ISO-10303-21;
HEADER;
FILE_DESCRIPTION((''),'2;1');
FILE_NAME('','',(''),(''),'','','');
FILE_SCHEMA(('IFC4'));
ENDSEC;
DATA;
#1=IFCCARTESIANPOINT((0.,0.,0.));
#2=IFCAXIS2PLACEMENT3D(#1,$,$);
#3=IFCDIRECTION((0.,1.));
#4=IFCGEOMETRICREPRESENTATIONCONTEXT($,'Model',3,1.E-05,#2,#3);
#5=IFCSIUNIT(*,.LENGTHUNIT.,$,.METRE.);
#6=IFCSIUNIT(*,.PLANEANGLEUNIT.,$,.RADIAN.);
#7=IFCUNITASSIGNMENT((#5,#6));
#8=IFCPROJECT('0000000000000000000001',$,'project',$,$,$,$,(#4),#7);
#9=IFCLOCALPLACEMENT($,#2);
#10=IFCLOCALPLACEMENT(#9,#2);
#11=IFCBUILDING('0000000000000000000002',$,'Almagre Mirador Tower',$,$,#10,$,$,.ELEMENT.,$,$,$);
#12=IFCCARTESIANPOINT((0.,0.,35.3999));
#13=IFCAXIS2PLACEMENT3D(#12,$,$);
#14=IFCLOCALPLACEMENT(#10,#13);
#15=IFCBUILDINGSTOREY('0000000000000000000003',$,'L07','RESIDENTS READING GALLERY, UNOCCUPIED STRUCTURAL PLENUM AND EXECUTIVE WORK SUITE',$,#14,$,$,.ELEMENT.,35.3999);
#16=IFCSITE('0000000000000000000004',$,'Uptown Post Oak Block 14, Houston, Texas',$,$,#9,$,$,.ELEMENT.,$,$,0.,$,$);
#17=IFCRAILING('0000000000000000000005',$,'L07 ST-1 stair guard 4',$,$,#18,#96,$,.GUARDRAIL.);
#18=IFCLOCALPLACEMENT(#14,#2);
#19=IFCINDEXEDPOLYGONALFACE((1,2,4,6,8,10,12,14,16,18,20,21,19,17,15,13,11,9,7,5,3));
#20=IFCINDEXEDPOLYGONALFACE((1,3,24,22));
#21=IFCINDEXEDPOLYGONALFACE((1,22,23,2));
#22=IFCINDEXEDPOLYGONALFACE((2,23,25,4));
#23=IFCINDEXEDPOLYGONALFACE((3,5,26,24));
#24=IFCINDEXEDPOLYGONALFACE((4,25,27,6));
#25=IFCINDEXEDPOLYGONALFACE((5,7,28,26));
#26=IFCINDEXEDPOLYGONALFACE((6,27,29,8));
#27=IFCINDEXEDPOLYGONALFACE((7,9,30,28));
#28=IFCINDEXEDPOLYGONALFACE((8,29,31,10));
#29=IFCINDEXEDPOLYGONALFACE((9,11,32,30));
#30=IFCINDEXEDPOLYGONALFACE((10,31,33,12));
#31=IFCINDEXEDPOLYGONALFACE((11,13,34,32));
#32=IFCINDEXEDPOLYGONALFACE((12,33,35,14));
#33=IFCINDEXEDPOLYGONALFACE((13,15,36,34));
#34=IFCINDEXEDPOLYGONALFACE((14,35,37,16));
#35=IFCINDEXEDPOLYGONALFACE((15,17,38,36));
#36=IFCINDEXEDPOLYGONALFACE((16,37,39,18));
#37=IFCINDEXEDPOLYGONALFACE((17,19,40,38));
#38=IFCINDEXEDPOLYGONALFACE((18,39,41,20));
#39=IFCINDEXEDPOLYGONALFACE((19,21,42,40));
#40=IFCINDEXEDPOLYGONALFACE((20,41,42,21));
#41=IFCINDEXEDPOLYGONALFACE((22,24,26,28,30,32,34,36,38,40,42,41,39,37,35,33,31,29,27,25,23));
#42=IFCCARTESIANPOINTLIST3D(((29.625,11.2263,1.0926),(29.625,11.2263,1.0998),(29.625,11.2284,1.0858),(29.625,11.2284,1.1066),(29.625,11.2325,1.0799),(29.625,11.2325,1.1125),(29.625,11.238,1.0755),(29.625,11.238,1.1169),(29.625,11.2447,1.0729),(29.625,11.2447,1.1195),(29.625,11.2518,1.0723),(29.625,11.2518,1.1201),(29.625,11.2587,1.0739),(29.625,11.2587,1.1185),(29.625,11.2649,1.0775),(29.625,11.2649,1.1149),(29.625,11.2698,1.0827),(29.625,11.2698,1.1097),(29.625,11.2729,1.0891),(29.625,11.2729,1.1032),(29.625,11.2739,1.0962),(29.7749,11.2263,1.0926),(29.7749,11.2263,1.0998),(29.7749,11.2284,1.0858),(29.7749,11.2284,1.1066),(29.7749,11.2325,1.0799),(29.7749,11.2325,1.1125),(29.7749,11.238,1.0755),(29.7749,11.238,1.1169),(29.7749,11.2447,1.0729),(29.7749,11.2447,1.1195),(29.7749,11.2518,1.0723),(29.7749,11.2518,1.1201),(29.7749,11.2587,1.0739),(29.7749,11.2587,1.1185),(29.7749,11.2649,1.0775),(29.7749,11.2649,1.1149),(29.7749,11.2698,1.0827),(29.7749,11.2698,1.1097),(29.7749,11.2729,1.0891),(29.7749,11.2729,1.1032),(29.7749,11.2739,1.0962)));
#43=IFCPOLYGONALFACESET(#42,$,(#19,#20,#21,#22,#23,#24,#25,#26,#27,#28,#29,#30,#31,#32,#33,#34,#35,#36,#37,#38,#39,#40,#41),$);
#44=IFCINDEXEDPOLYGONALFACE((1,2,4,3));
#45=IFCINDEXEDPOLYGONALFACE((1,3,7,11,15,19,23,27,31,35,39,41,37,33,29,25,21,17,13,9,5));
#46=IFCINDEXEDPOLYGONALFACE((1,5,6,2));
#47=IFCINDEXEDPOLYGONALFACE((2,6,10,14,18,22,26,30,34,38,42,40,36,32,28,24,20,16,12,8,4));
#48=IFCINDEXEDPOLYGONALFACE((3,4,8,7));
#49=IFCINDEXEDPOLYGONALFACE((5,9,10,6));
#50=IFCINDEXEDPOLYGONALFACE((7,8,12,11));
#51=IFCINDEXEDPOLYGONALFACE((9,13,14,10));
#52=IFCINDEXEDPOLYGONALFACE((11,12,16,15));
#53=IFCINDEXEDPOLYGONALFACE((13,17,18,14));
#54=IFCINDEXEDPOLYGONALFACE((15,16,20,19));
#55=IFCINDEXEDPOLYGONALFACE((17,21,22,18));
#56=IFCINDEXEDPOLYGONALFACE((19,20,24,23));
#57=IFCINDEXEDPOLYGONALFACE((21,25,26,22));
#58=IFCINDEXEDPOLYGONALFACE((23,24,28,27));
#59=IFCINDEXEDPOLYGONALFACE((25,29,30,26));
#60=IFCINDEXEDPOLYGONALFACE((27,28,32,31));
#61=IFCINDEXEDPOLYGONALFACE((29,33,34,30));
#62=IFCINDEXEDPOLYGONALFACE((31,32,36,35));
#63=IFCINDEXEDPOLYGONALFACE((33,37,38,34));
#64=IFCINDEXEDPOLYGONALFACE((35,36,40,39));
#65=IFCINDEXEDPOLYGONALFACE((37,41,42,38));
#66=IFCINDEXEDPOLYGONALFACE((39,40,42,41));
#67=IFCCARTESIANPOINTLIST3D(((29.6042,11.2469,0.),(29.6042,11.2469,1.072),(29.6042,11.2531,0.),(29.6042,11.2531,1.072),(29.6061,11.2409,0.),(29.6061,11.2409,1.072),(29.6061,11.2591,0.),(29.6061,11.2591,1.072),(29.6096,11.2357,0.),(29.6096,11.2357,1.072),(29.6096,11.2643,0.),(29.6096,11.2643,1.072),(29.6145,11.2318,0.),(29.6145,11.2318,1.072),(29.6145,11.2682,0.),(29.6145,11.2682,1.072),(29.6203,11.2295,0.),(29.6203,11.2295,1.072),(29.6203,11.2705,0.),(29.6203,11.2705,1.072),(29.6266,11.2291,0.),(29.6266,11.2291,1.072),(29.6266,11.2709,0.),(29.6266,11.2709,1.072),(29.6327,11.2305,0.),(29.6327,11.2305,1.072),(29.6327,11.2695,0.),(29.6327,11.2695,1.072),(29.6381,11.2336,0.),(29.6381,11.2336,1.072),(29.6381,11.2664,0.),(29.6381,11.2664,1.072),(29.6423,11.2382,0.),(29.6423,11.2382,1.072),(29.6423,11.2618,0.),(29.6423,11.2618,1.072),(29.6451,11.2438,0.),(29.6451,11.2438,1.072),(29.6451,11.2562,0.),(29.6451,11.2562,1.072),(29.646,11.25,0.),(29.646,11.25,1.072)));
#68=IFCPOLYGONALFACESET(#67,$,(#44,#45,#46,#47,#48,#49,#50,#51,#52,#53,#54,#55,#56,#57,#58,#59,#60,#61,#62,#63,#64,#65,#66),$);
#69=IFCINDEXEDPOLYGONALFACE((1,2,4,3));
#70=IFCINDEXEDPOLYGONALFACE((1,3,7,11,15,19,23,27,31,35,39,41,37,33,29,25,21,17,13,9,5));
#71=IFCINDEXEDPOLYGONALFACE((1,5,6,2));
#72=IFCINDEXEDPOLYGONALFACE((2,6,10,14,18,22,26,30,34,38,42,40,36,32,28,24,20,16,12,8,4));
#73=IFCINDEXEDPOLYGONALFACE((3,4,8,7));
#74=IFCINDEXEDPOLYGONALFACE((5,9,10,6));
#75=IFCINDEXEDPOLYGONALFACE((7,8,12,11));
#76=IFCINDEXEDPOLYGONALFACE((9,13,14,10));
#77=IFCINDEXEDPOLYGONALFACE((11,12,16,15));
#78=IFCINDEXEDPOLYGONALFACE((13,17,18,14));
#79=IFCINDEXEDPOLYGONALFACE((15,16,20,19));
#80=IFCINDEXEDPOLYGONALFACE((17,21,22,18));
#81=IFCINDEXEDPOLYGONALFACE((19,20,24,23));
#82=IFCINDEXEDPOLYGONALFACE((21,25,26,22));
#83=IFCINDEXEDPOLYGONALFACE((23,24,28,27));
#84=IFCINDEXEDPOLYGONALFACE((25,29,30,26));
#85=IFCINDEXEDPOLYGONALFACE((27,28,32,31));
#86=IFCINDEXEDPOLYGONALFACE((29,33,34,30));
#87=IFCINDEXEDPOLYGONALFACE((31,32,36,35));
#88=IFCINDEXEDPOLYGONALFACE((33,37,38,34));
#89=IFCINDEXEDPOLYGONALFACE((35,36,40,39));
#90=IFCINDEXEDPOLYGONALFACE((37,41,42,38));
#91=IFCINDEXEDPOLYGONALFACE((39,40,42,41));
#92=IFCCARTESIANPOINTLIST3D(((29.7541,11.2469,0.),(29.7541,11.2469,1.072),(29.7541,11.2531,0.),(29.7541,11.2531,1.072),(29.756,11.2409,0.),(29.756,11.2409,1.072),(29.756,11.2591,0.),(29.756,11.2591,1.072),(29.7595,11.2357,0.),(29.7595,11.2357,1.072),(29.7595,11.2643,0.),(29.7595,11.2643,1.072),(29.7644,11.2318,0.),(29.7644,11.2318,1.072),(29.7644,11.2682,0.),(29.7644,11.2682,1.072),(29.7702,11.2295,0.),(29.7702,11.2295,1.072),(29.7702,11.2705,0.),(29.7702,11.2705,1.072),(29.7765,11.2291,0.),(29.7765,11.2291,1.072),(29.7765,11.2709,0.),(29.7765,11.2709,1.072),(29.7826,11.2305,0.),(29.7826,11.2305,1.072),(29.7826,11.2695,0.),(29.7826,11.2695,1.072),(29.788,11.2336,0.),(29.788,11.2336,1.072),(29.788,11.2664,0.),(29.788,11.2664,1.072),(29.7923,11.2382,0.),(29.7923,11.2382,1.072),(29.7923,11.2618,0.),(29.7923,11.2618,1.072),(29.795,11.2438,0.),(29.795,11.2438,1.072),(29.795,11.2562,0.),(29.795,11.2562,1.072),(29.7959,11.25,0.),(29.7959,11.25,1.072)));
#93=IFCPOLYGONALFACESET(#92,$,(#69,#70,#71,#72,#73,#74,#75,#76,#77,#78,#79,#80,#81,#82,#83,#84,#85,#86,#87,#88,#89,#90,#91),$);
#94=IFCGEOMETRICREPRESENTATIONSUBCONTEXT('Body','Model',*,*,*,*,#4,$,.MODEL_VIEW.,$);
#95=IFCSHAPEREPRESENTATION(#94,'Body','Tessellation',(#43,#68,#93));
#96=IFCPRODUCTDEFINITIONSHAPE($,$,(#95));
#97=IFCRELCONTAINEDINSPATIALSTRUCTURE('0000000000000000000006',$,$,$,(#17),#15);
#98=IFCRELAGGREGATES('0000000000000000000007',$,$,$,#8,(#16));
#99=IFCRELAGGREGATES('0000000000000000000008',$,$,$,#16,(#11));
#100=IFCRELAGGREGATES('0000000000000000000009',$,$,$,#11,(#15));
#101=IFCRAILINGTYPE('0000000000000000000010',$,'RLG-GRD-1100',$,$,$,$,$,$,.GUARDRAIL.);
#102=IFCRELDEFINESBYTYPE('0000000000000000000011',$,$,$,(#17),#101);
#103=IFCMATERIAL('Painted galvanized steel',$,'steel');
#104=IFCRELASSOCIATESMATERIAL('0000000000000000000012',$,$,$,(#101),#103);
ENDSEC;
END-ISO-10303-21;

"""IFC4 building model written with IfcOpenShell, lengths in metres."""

from ifc_helpers import new_model, si_unit, direction, frame, origin, origin_2d, place, context, subcontext, project, spatial, circle, extrude, material, type_object, element, save


model = new_model("IFC4")

# Units and contexts
model_context = context("Model", 3, precision=1e-05, world=origin(), true_north=direction((0.0, 1.0)))
body_context = subcontext(model_context, "Body", "Model", "MODEL_VIEW")
ifc_project = project(units=[si_unit("LENGTHUNIT", "METRE"), si_unit("PLANEANGLEUNIT", "RADIAN")], contexts=[model_context])

# Site, building, storey
site_placement = place(None, origin())
site = spatial("IfcSite", under=ifc_project, at=site_placement, Name="Uptown Post Oak Block 14, Houston, Texas", CompositionType="ELEMENT", RefElevation=0.0)
building_placement = place(site_placement, origin())
building = spatial("IfcBuilding", under=site, at=building_placement, Name="Almagre Mirador Tower", CompositionType="ELEMENT")
storey_placement = place(building_placement, frame((0.0, 0.0, 35.3999)))
storey = spatial("IfcBuildingStorey", under=building, at=storey_placement, Name="L07", Description="RESIDENTS READING GALLERY, UNOCCUPIED STRUCTURAL PLENUM AND EXECUTIVE WORK SUITE", CompositionType="ELEMENT", Elevation=35.3999)

# Railing
ifc_material_1 = material(Name="Painted galvanized steel", Category="steel")
railing_type_1 = type_object("IfcRailingType", Name="RLG-GRD-1100", PredefinedType="GUARDRAIL", material=ifc_material_1)
railing_1_placement = place(storey_placement, frame((29.625, 11.25, 0.0)))
element("IfcRailing", 1, at=railing_1_placement, inside=storey, type_object=railing_type_1, Name="L07 ST-1 stair guard 4", PredefinedType="GUARDRAIL", context=body_context, shape_type="SweptSolid", body=[
    extrude(circle(Radius=0.0239, at=origin_2d()), frame((0.0, 0.0, 1.0962), z_axis=(1.0, 0.0, 0.0), x_axis=(0.0, 1.0, 0.0)), (0.0, 0.0, 1.0), 0.1499),
    extrude(circle(Radius=0.021, at=origin_2d()), origin(), (0.0, 0.0, 1.0), 1.072),
    extrude(circle(Radius=0.021, at=origin_2d()), frame((0.1499, 0.0, 0.0)), (0.0, 0.0, 1.0), 1.072),
])

save(model, "model.ifc")
